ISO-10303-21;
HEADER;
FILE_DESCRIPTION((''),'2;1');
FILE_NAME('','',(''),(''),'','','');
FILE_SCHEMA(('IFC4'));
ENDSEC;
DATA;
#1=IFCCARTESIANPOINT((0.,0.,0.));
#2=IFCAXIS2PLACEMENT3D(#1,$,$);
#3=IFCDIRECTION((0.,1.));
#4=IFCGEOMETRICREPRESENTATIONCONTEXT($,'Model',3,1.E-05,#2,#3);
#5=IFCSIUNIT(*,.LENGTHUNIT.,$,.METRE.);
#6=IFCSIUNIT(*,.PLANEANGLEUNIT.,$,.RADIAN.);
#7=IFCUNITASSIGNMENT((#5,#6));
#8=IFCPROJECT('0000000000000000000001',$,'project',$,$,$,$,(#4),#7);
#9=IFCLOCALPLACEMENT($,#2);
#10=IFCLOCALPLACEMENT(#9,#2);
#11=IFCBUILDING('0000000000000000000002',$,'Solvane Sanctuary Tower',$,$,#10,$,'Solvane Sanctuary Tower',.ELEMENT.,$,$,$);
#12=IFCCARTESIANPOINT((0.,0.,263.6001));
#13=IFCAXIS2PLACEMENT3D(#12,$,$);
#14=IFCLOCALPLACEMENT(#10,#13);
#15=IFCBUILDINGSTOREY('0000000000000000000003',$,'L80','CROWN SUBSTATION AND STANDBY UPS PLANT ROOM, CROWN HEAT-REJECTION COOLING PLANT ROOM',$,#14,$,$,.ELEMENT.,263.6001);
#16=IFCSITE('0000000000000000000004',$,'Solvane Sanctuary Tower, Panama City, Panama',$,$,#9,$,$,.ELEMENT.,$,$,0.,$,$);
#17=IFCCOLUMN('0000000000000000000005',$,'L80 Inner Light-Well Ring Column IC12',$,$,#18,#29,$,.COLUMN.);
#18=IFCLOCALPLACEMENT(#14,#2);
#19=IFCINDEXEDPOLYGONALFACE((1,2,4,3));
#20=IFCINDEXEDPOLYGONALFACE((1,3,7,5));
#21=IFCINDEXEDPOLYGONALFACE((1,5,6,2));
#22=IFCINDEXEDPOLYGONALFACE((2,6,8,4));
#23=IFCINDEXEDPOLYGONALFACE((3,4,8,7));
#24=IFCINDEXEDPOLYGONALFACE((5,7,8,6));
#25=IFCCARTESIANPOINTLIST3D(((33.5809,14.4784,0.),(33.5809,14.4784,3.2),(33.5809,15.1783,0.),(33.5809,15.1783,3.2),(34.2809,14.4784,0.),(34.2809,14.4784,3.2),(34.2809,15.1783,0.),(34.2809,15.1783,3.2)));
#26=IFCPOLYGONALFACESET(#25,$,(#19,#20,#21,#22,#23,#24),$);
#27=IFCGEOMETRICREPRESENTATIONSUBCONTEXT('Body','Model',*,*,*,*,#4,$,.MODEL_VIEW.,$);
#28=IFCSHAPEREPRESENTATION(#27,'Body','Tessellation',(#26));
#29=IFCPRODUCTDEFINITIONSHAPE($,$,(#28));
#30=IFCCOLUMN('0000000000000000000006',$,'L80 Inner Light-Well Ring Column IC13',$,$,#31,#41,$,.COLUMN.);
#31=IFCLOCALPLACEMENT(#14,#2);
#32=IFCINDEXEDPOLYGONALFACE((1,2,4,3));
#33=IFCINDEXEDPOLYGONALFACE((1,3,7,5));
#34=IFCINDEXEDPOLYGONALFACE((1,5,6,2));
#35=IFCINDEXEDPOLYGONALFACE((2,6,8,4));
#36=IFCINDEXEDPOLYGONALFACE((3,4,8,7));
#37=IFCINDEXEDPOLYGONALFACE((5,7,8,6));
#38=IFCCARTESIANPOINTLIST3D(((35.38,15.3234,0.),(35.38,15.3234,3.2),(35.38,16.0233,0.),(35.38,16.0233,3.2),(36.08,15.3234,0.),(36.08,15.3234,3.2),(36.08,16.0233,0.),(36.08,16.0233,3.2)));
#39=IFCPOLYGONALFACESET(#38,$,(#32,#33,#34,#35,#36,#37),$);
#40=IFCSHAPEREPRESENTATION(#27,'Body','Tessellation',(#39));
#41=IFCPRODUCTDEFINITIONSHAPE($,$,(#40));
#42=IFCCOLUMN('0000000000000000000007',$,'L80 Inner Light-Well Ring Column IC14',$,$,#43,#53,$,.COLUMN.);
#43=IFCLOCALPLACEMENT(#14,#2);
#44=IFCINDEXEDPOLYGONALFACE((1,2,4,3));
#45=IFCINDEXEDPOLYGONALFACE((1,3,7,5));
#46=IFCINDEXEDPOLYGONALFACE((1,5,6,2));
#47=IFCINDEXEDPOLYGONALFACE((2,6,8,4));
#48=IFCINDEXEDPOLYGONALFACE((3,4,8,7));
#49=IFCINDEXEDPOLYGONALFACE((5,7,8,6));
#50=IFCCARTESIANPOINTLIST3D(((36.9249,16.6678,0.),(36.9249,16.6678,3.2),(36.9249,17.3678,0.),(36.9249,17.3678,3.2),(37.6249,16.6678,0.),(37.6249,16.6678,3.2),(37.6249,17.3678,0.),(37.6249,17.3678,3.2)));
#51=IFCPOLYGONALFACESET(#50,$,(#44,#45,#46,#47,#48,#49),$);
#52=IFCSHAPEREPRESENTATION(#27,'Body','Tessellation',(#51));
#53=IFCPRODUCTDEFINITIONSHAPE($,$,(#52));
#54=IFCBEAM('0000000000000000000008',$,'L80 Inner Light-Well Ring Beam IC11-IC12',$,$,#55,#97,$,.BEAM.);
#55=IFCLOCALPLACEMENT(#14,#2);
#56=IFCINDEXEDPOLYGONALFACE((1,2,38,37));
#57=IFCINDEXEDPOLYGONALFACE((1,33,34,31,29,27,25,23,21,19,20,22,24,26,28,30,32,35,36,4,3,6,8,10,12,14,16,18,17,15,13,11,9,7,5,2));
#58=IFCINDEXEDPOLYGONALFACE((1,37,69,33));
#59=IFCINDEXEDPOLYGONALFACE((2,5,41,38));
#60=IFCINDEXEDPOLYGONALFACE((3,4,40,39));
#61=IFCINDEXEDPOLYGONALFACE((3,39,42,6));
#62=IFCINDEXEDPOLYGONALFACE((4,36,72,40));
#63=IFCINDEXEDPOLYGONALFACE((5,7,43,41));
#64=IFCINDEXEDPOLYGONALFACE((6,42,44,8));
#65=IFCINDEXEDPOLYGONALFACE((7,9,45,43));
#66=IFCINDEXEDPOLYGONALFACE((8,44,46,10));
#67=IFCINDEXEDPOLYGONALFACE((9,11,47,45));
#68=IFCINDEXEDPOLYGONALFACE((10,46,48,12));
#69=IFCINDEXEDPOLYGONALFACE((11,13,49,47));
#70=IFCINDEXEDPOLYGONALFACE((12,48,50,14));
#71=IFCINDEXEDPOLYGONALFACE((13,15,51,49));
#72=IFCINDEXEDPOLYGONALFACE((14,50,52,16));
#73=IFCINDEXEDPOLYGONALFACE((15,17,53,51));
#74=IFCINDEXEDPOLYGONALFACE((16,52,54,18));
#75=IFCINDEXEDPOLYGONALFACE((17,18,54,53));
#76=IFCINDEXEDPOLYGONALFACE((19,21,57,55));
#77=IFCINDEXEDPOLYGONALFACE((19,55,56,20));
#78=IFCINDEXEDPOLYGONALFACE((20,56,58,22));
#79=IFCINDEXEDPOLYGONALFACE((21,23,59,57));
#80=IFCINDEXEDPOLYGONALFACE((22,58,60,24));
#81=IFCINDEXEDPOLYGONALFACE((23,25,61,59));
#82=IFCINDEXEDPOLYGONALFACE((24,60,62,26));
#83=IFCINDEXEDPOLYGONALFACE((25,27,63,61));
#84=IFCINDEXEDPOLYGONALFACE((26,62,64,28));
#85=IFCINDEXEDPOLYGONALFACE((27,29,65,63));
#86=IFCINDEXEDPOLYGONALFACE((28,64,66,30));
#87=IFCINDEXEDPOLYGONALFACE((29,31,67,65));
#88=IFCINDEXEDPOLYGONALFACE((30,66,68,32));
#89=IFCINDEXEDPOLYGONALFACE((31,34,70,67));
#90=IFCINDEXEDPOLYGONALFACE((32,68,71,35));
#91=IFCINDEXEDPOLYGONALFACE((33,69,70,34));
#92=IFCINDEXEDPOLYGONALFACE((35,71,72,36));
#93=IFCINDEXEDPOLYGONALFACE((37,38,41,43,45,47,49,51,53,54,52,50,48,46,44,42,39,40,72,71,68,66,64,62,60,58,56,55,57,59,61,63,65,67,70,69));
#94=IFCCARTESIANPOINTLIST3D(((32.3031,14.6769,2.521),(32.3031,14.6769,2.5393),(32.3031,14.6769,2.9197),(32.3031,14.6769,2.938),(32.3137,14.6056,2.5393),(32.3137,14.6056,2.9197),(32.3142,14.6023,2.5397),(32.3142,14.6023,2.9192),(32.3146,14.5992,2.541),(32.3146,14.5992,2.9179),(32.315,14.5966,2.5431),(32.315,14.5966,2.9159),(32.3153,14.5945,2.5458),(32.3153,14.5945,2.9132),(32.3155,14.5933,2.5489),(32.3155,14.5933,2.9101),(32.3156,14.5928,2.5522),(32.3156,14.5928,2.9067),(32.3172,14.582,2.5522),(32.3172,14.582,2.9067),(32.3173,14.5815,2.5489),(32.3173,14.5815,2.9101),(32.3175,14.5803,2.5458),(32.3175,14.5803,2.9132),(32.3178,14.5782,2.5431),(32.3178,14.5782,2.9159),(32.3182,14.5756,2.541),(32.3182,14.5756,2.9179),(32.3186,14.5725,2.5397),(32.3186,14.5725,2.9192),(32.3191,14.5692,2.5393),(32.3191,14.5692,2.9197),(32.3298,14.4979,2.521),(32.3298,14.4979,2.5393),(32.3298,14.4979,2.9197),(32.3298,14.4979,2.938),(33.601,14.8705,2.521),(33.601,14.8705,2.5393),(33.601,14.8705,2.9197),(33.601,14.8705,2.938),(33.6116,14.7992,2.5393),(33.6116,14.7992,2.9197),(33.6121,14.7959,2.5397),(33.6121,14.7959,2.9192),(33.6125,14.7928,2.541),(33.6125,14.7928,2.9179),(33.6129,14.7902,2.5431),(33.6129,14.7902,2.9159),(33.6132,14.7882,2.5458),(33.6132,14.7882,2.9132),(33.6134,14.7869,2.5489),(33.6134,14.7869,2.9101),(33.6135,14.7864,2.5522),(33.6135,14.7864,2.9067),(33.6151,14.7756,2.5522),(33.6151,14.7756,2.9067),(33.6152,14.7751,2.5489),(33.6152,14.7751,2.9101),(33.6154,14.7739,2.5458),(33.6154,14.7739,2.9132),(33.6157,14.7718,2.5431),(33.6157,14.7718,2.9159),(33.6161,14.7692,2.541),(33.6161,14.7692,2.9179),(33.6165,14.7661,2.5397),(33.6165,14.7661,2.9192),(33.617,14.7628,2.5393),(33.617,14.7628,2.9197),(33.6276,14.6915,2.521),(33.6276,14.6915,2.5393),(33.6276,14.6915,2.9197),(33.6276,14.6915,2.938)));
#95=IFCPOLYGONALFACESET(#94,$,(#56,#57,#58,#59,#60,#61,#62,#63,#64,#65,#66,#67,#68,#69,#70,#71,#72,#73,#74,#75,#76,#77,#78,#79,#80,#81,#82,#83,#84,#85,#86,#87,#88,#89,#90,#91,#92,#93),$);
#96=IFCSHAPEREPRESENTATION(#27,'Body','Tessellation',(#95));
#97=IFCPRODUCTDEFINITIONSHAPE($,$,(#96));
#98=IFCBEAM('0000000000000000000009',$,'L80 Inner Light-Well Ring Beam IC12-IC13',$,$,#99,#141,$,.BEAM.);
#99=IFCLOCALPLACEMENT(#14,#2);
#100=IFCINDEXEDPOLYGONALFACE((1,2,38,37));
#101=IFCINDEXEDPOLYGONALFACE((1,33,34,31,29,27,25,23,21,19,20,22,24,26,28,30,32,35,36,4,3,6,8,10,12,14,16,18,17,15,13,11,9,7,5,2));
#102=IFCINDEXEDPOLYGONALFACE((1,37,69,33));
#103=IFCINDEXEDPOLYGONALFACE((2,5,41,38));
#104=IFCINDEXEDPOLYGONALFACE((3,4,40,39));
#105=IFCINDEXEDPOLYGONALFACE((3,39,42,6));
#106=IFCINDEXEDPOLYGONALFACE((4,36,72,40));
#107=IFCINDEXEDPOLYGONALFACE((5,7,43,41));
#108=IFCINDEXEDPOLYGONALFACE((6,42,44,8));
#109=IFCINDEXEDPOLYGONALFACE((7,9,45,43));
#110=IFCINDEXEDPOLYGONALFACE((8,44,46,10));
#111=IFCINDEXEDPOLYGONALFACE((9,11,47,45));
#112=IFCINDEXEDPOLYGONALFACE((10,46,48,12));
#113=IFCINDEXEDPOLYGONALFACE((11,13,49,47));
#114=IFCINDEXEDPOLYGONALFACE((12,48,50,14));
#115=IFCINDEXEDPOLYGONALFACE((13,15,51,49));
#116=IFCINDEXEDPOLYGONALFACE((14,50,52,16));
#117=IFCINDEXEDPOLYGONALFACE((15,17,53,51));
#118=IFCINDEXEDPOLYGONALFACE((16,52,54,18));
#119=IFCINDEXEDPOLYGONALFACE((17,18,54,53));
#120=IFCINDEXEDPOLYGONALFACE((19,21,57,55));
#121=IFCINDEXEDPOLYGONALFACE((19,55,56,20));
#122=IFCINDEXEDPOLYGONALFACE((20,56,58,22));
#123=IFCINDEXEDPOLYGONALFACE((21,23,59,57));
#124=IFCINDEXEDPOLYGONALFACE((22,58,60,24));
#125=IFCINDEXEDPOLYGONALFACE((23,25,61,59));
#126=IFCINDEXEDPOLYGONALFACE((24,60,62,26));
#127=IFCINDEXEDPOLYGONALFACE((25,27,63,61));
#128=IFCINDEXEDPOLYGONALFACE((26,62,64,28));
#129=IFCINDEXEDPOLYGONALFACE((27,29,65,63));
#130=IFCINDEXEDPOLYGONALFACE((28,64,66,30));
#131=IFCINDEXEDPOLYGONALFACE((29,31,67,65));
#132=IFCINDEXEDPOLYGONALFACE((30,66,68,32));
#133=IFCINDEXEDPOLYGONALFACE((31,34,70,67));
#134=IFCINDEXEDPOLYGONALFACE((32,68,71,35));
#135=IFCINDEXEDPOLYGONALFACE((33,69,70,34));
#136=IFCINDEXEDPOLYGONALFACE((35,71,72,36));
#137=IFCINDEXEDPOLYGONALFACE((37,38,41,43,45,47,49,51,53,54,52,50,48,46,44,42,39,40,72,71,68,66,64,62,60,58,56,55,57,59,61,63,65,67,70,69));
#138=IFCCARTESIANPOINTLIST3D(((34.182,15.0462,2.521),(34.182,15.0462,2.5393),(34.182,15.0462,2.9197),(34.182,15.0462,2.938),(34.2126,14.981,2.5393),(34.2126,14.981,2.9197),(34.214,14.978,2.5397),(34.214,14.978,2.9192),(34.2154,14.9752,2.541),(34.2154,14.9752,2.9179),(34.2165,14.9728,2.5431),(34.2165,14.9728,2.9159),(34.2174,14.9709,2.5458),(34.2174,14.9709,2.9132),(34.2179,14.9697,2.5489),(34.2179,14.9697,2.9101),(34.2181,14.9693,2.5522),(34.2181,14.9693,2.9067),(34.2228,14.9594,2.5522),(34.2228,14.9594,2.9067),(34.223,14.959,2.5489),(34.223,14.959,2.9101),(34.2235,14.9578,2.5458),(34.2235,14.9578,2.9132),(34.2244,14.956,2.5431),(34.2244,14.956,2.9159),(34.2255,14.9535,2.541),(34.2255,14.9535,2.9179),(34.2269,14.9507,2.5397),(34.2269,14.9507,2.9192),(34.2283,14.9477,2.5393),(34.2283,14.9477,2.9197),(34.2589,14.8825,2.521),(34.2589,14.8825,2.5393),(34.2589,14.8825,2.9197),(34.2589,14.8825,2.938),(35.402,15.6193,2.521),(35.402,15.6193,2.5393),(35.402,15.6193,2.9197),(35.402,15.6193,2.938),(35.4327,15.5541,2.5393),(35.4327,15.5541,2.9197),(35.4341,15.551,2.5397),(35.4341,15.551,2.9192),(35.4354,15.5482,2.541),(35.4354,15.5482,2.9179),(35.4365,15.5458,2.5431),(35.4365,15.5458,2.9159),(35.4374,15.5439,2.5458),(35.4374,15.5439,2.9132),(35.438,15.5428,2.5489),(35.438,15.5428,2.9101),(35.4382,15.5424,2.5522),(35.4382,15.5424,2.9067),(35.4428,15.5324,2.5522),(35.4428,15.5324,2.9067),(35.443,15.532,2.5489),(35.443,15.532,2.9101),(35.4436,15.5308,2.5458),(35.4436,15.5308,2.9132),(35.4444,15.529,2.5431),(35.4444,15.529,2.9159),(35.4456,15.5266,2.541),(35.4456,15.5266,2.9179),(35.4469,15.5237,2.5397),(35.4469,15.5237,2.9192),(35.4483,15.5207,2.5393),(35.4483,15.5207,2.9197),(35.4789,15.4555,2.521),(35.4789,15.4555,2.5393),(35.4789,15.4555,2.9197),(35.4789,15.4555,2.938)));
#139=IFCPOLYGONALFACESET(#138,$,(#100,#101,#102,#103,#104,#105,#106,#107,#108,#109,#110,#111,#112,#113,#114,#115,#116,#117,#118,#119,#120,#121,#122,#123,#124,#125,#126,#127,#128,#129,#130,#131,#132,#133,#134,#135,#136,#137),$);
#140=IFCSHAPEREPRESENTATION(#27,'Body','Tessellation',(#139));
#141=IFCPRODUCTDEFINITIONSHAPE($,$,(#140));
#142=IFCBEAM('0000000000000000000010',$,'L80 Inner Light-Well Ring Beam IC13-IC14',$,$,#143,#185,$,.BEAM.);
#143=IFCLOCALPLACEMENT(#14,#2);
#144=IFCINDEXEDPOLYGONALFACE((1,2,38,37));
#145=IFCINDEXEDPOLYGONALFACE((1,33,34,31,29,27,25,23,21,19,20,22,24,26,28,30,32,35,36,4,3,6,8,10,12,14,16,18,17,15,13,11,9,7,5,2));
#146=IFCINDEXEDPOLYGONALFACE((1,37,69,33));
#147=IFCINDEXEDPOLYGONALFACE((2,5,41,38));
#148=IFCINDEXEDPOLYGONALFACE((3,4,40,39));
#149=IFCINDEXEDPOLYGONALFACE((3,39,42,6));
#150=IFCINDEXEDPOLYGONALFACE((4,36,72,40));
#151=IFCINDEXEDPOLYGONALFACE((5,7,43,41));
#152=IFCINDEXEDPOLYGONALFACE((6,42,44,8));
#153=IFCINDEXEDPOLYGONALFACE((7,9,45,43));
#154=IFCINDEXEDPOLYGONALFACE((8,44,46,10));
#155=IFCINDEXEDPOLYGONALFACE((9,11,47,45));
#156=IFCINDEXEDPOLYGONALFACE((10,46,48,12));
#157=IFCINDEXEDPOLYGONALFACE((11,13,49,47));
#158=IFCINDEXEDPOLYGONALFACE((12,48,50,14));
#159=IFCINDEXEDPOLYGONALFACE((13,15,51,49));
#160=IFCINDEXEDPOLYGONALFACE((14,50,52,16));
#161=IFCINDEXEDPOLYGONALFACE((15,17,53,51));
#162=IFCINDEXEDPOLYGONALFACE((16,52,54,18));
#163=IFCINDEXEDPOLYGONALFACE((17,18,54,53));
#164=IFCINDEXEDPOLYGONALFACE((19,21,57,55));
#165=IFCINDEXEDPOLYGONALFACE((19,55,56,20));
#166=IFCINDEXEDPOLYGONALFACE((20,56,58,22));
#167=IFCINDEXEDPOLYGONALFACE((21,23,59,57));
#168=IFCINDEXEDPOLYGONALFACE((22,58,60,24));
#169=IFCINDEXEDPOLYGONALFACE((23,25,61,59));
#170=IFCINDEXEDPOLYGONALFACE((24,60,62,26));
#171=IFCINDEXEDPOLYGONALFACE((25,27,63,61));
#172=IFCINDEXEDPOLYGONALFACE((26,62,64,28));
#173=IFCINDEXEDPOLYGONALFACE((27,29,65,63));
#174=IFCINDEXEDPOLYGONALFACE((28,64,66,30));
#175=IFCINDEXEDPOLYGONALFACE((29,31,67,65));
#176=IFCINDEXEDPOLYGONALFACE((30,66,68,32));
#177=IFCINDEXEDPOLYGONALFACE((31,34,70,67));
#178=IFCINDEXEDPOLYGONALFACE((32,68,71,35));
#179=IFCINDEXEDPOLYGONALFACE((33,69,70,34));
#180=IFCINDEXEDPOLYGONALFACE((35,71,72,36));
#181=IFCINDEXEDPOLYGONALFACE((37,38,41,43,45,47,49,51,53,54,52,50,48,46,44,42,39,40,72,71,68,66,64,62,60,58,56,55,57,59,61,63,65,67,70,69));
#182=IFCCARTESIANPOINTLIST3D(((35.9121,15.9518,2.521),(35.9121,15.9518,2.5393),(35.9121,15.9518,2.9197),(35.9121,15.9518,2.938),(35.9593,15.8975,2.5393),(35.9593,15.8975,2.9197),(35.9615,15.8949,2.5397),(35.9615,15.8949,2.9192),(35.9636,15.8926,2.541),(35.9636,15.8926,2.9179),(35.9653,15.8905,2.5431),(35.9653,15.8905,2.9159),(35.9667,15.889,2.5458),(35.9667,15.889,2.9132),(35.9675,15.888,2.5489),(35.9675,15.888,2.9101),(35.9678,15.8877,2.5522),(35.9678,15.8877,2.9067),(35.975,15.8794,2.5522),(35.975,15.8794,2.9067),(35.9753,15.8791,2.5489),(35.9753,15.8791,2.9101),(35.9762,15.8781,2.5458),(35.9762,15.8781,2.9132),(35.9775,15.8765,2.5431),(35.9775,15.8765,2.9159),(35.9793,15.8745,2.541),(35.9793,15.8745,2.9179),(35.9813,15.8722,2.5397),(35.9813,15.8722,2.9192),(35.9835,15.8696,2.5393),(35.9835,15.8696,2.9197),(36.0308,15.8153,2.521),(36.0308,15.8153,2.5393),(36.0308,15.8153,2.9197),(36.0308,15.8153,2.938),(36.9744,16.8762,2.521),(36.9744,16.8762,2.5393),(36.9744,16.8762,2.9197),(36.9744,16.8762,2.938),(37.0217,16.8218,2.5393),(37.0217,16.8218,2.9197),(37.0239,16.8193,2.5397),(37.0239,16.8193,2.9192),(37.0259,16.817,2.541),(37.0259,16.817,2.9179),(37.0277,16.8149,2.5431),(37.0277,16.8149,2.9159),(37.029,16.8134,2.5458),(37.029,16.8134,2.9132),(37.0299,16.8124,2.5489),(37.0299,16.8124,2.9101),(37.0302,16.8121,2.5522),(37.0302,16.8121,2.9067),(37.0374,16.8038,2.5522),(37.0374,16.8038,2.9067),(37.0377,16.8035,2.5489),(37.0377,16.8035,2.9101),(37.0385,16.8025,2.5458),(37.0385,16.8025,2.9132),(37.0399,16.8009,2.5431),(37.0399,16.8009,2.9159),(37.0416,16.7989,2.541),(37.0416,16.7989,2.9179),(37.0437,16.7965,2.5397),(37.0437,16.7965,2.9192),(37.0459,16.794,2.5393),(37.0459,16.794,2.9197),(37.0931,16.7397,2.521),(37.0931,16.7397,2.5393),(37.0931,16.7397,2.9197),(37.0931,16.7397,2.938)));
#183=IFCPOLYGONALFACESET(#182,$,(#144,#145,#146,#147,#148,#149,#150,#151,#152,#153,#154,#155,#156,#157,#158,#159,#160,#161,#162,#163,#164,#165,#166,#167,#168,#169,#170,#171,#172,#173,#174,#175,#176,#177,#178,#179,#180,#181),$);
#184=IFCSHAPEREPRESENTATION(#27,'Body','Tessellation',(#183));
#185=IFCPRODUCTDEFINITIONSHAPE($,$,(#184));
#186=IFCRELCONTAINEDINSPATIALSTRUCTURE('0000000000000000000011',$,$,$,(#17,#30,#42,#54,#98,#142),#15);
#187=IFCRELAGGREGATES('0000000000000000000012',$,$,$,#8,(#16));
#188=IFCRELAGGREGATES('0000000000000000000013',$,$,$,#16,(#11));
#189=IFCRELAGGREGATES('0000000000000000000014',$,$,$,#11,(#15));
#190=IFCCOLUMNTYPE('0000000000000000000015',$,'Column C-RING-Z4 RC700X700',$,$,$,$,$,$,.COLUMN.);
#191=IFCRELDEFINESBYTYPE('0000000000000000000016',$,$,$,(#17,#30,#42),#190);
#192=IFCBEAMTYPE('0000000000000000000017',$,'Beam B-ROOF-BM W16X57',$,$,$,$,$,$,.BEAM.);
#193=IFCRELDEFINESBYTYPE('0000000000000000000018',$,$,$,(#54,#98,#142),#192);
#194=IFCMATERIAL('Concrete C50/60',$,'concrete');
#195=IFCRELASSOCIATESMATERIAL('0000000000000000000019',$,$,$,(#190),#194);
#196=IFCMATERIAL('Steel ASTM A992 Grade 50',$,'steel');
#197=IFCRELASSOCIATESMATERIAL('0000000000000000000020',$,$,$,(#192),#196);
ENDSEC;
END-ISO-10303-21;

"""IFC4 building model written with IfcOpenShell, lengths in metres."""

from ifc_helpers import new_model, si_unit, direction, frame, origin, origin_2d, place, context, subcontext, project, spatial, rectangle, i_section, extrude, material, material_profile, profile_set, type_object, element, save


model = new_model("IFC4")

# Units and contexts
model_context = context("Model", 3, precision=1e-05, world=origin(), true_north=direction((0.0, 1.0)))
body_context = subcontext(model_context, "Body", "Model", "MODEL_VIEW")
ifc_project = project(units=[si_unit("LENGTHUNIT", "METRE"), si_unit("PLANEANGLEUNIT", "RADIAN")], contexts=[model_context])

# Site, building, storey
site_placement = place(None, origin())
site = spatial("IfcSite", under=ifc_project, at=site_placement, Name="Solvane Sanctuary Tower, Panama City, Panama", CompositionType="ELEMENT", RefElevation=0.0)
building_placement = place(site_placement, origin())
building = spatial("IfcBuilding", under=site, at=building_placement, Name="Solvane Sanctuary Tower", LongName="Solvane Sanctuary Tower", CompositionType="ELEMENT")
storey_placement = place(building_placement, frame((0.0, 0.0, 263.6001)))
storey = spatial("IfcBuildingStorey", under=building, at=storey_placement, Name="L80", Description="CROWN SUBSTATION AND STANDBY UPS PLANT ROOM, CROWN HEAT-REJECTION COOLING PLANT ROOM", CompositionType="ELEMENT", Elevation=263.6001)

# Columns
ifc_material_1 = material(Name="Concrete C50/60", Category="concrete")
ifc_material_profile_1 = material_profile(ifc_material_1, rectangle(XDim=0.7, YDim=0.7, at=origin_2d()), Name="RC700X700")
ifc_profile_set_1 = profile_set([ifc_material_profile_1], Name="Concrete C50/60")
column_type = type_object("IfcColumnType", Name="Column C-RING-Z4 RC700X700", PredefinedType="COLUMN", material=ifc_profile_set_1)
for number, where, z_axis, x_axis, name in (
    (1, (33.9309, 14.8284, 0.0), (0.0, 0.0, 1.0), (1.0, 0.0, 0.0), "L80 Inner Light-Well Ring Column IC12"),
    (2, (35.73, 15.6733, 0.0), (0.0, 0.0, 1.0), (1.0, 0.0, 0.0), "L80 Inner Light-Well Ring Column IC13"),
    (3, (37.2749, 17.0178, 0.0), (0.0, 0.0, 1.0), (1.0, 0.0, 0.0), "L80 Inner Light-Well Ring Column IC14"),
):
    element("IfcColumn", number, at=place(storey_placement, frame(where, z_axis=z_axis, x_axis=x_axis)), inside=storey, type_object=column_type, Name=name, PredefinedType="COLUMN", context=body_context, shape_type="SweptSolid", body=[
        extrude(rectangle(XDim=0.7, YDim=0.7, at=origin_2d()), origin(), (0.0, 0.0, 1.0), 3.2),
    ])

# Beams
ifc_material_2 = material(Name="Steel ASTM A992 Grade 50", Category="steel")
ifc_material_profile_2 = material_profile(ifc_material_2, i_section(OverallWidth=0.1809, OverallDepth=0.417, WebThickness=0.011, FlangeThickness=0.0183, FilletRadius=0.0129, at=origin_2d()), Name="W16X57")
ifc_profile_set_2 = profile_set([ifc_material_profile_2], Name="Steel ASTM A992 Grade 50")
beam_type_1 = type_object("IfcBeamType", Name="Beam B-ROOF-BM W16X57", PredefinedType="BEAM", material=ifc_profile_set_2)
beam_1_placement = place(storey_placement, frame((32.3164, 14.5874, 2.7295), z_axis=(0.989056, 0.14754, 0.0), x_axis=(-0.14754, 0.989056, 0.0)))
element("IfcBeam", 4, at=beam_1_placement, inside=storey, type_object=beam_type_1, Name="L80 Inner Light-Well Ring Beam IC11-IC12", PredefinedType="BEAM", context=body_context, shape_type="SweptSolid", body=[
    extrude(i_section(OverallWidth=0.1809, OverallDepth=0.417, WebThickness=0.011, FlangeThickness=0.0183, FilletRadius=0.0129, at=origin_2d()), origin(), (0.0, 0.0, 1.0), 1.3123),
])
beam_2_placement = place(storey_placement, frame((34.2205, 14.9644, 2.7295), z_axis=(0.905135, 0.425125, 0.0), x_axis=(-0.425125, 0.905135, 0.0)))
element("IfcBeam", 5, at=beam_2_placement, inside=storey, type_object=beam_type_1, Name="L80 Inner Light-Well Ring Beam IC12-IC13", PredefinedType="BEAM", context=body_context, shape_type="SweptSolid", body=[
    extrude(i_section(OverallWidth=0.1809, OverallDepth=0.417, WebThickness=0.011, FlangeThickness=0.0183, FilletRadius=0.0129, at=origin_2d()), origin(), (0.0, 0.0, 1.0), 1.3479),
])
beam_3_placement = place(storey_placement, frame((35.9714, 15.8835, 2.7295), z_axis=(0.754389, 0.656428, 0.0), x_axis=(-0.656428, 0.754389, 0.0)))
element("IfcBeam", 6, at=beam_3_placement, inside=storey, type_object=beam_type_1, Name="L80 Inner Light-Well Ring Beam IC13-IC14", PredefinedType="BEAM", context=body_context, shape_type="SweptSolid", body=[
    extrude(i_section(OverallWidth=0.1809, OverallDepth=0.417, WebThickness=0.011, FlangeThickness=0.0183, FilletRadius=0.0129, at=origin_2d()), origin(), (0.0, 0.0, 1.0), 1.4082),
])

save(model, "model.ifc")
